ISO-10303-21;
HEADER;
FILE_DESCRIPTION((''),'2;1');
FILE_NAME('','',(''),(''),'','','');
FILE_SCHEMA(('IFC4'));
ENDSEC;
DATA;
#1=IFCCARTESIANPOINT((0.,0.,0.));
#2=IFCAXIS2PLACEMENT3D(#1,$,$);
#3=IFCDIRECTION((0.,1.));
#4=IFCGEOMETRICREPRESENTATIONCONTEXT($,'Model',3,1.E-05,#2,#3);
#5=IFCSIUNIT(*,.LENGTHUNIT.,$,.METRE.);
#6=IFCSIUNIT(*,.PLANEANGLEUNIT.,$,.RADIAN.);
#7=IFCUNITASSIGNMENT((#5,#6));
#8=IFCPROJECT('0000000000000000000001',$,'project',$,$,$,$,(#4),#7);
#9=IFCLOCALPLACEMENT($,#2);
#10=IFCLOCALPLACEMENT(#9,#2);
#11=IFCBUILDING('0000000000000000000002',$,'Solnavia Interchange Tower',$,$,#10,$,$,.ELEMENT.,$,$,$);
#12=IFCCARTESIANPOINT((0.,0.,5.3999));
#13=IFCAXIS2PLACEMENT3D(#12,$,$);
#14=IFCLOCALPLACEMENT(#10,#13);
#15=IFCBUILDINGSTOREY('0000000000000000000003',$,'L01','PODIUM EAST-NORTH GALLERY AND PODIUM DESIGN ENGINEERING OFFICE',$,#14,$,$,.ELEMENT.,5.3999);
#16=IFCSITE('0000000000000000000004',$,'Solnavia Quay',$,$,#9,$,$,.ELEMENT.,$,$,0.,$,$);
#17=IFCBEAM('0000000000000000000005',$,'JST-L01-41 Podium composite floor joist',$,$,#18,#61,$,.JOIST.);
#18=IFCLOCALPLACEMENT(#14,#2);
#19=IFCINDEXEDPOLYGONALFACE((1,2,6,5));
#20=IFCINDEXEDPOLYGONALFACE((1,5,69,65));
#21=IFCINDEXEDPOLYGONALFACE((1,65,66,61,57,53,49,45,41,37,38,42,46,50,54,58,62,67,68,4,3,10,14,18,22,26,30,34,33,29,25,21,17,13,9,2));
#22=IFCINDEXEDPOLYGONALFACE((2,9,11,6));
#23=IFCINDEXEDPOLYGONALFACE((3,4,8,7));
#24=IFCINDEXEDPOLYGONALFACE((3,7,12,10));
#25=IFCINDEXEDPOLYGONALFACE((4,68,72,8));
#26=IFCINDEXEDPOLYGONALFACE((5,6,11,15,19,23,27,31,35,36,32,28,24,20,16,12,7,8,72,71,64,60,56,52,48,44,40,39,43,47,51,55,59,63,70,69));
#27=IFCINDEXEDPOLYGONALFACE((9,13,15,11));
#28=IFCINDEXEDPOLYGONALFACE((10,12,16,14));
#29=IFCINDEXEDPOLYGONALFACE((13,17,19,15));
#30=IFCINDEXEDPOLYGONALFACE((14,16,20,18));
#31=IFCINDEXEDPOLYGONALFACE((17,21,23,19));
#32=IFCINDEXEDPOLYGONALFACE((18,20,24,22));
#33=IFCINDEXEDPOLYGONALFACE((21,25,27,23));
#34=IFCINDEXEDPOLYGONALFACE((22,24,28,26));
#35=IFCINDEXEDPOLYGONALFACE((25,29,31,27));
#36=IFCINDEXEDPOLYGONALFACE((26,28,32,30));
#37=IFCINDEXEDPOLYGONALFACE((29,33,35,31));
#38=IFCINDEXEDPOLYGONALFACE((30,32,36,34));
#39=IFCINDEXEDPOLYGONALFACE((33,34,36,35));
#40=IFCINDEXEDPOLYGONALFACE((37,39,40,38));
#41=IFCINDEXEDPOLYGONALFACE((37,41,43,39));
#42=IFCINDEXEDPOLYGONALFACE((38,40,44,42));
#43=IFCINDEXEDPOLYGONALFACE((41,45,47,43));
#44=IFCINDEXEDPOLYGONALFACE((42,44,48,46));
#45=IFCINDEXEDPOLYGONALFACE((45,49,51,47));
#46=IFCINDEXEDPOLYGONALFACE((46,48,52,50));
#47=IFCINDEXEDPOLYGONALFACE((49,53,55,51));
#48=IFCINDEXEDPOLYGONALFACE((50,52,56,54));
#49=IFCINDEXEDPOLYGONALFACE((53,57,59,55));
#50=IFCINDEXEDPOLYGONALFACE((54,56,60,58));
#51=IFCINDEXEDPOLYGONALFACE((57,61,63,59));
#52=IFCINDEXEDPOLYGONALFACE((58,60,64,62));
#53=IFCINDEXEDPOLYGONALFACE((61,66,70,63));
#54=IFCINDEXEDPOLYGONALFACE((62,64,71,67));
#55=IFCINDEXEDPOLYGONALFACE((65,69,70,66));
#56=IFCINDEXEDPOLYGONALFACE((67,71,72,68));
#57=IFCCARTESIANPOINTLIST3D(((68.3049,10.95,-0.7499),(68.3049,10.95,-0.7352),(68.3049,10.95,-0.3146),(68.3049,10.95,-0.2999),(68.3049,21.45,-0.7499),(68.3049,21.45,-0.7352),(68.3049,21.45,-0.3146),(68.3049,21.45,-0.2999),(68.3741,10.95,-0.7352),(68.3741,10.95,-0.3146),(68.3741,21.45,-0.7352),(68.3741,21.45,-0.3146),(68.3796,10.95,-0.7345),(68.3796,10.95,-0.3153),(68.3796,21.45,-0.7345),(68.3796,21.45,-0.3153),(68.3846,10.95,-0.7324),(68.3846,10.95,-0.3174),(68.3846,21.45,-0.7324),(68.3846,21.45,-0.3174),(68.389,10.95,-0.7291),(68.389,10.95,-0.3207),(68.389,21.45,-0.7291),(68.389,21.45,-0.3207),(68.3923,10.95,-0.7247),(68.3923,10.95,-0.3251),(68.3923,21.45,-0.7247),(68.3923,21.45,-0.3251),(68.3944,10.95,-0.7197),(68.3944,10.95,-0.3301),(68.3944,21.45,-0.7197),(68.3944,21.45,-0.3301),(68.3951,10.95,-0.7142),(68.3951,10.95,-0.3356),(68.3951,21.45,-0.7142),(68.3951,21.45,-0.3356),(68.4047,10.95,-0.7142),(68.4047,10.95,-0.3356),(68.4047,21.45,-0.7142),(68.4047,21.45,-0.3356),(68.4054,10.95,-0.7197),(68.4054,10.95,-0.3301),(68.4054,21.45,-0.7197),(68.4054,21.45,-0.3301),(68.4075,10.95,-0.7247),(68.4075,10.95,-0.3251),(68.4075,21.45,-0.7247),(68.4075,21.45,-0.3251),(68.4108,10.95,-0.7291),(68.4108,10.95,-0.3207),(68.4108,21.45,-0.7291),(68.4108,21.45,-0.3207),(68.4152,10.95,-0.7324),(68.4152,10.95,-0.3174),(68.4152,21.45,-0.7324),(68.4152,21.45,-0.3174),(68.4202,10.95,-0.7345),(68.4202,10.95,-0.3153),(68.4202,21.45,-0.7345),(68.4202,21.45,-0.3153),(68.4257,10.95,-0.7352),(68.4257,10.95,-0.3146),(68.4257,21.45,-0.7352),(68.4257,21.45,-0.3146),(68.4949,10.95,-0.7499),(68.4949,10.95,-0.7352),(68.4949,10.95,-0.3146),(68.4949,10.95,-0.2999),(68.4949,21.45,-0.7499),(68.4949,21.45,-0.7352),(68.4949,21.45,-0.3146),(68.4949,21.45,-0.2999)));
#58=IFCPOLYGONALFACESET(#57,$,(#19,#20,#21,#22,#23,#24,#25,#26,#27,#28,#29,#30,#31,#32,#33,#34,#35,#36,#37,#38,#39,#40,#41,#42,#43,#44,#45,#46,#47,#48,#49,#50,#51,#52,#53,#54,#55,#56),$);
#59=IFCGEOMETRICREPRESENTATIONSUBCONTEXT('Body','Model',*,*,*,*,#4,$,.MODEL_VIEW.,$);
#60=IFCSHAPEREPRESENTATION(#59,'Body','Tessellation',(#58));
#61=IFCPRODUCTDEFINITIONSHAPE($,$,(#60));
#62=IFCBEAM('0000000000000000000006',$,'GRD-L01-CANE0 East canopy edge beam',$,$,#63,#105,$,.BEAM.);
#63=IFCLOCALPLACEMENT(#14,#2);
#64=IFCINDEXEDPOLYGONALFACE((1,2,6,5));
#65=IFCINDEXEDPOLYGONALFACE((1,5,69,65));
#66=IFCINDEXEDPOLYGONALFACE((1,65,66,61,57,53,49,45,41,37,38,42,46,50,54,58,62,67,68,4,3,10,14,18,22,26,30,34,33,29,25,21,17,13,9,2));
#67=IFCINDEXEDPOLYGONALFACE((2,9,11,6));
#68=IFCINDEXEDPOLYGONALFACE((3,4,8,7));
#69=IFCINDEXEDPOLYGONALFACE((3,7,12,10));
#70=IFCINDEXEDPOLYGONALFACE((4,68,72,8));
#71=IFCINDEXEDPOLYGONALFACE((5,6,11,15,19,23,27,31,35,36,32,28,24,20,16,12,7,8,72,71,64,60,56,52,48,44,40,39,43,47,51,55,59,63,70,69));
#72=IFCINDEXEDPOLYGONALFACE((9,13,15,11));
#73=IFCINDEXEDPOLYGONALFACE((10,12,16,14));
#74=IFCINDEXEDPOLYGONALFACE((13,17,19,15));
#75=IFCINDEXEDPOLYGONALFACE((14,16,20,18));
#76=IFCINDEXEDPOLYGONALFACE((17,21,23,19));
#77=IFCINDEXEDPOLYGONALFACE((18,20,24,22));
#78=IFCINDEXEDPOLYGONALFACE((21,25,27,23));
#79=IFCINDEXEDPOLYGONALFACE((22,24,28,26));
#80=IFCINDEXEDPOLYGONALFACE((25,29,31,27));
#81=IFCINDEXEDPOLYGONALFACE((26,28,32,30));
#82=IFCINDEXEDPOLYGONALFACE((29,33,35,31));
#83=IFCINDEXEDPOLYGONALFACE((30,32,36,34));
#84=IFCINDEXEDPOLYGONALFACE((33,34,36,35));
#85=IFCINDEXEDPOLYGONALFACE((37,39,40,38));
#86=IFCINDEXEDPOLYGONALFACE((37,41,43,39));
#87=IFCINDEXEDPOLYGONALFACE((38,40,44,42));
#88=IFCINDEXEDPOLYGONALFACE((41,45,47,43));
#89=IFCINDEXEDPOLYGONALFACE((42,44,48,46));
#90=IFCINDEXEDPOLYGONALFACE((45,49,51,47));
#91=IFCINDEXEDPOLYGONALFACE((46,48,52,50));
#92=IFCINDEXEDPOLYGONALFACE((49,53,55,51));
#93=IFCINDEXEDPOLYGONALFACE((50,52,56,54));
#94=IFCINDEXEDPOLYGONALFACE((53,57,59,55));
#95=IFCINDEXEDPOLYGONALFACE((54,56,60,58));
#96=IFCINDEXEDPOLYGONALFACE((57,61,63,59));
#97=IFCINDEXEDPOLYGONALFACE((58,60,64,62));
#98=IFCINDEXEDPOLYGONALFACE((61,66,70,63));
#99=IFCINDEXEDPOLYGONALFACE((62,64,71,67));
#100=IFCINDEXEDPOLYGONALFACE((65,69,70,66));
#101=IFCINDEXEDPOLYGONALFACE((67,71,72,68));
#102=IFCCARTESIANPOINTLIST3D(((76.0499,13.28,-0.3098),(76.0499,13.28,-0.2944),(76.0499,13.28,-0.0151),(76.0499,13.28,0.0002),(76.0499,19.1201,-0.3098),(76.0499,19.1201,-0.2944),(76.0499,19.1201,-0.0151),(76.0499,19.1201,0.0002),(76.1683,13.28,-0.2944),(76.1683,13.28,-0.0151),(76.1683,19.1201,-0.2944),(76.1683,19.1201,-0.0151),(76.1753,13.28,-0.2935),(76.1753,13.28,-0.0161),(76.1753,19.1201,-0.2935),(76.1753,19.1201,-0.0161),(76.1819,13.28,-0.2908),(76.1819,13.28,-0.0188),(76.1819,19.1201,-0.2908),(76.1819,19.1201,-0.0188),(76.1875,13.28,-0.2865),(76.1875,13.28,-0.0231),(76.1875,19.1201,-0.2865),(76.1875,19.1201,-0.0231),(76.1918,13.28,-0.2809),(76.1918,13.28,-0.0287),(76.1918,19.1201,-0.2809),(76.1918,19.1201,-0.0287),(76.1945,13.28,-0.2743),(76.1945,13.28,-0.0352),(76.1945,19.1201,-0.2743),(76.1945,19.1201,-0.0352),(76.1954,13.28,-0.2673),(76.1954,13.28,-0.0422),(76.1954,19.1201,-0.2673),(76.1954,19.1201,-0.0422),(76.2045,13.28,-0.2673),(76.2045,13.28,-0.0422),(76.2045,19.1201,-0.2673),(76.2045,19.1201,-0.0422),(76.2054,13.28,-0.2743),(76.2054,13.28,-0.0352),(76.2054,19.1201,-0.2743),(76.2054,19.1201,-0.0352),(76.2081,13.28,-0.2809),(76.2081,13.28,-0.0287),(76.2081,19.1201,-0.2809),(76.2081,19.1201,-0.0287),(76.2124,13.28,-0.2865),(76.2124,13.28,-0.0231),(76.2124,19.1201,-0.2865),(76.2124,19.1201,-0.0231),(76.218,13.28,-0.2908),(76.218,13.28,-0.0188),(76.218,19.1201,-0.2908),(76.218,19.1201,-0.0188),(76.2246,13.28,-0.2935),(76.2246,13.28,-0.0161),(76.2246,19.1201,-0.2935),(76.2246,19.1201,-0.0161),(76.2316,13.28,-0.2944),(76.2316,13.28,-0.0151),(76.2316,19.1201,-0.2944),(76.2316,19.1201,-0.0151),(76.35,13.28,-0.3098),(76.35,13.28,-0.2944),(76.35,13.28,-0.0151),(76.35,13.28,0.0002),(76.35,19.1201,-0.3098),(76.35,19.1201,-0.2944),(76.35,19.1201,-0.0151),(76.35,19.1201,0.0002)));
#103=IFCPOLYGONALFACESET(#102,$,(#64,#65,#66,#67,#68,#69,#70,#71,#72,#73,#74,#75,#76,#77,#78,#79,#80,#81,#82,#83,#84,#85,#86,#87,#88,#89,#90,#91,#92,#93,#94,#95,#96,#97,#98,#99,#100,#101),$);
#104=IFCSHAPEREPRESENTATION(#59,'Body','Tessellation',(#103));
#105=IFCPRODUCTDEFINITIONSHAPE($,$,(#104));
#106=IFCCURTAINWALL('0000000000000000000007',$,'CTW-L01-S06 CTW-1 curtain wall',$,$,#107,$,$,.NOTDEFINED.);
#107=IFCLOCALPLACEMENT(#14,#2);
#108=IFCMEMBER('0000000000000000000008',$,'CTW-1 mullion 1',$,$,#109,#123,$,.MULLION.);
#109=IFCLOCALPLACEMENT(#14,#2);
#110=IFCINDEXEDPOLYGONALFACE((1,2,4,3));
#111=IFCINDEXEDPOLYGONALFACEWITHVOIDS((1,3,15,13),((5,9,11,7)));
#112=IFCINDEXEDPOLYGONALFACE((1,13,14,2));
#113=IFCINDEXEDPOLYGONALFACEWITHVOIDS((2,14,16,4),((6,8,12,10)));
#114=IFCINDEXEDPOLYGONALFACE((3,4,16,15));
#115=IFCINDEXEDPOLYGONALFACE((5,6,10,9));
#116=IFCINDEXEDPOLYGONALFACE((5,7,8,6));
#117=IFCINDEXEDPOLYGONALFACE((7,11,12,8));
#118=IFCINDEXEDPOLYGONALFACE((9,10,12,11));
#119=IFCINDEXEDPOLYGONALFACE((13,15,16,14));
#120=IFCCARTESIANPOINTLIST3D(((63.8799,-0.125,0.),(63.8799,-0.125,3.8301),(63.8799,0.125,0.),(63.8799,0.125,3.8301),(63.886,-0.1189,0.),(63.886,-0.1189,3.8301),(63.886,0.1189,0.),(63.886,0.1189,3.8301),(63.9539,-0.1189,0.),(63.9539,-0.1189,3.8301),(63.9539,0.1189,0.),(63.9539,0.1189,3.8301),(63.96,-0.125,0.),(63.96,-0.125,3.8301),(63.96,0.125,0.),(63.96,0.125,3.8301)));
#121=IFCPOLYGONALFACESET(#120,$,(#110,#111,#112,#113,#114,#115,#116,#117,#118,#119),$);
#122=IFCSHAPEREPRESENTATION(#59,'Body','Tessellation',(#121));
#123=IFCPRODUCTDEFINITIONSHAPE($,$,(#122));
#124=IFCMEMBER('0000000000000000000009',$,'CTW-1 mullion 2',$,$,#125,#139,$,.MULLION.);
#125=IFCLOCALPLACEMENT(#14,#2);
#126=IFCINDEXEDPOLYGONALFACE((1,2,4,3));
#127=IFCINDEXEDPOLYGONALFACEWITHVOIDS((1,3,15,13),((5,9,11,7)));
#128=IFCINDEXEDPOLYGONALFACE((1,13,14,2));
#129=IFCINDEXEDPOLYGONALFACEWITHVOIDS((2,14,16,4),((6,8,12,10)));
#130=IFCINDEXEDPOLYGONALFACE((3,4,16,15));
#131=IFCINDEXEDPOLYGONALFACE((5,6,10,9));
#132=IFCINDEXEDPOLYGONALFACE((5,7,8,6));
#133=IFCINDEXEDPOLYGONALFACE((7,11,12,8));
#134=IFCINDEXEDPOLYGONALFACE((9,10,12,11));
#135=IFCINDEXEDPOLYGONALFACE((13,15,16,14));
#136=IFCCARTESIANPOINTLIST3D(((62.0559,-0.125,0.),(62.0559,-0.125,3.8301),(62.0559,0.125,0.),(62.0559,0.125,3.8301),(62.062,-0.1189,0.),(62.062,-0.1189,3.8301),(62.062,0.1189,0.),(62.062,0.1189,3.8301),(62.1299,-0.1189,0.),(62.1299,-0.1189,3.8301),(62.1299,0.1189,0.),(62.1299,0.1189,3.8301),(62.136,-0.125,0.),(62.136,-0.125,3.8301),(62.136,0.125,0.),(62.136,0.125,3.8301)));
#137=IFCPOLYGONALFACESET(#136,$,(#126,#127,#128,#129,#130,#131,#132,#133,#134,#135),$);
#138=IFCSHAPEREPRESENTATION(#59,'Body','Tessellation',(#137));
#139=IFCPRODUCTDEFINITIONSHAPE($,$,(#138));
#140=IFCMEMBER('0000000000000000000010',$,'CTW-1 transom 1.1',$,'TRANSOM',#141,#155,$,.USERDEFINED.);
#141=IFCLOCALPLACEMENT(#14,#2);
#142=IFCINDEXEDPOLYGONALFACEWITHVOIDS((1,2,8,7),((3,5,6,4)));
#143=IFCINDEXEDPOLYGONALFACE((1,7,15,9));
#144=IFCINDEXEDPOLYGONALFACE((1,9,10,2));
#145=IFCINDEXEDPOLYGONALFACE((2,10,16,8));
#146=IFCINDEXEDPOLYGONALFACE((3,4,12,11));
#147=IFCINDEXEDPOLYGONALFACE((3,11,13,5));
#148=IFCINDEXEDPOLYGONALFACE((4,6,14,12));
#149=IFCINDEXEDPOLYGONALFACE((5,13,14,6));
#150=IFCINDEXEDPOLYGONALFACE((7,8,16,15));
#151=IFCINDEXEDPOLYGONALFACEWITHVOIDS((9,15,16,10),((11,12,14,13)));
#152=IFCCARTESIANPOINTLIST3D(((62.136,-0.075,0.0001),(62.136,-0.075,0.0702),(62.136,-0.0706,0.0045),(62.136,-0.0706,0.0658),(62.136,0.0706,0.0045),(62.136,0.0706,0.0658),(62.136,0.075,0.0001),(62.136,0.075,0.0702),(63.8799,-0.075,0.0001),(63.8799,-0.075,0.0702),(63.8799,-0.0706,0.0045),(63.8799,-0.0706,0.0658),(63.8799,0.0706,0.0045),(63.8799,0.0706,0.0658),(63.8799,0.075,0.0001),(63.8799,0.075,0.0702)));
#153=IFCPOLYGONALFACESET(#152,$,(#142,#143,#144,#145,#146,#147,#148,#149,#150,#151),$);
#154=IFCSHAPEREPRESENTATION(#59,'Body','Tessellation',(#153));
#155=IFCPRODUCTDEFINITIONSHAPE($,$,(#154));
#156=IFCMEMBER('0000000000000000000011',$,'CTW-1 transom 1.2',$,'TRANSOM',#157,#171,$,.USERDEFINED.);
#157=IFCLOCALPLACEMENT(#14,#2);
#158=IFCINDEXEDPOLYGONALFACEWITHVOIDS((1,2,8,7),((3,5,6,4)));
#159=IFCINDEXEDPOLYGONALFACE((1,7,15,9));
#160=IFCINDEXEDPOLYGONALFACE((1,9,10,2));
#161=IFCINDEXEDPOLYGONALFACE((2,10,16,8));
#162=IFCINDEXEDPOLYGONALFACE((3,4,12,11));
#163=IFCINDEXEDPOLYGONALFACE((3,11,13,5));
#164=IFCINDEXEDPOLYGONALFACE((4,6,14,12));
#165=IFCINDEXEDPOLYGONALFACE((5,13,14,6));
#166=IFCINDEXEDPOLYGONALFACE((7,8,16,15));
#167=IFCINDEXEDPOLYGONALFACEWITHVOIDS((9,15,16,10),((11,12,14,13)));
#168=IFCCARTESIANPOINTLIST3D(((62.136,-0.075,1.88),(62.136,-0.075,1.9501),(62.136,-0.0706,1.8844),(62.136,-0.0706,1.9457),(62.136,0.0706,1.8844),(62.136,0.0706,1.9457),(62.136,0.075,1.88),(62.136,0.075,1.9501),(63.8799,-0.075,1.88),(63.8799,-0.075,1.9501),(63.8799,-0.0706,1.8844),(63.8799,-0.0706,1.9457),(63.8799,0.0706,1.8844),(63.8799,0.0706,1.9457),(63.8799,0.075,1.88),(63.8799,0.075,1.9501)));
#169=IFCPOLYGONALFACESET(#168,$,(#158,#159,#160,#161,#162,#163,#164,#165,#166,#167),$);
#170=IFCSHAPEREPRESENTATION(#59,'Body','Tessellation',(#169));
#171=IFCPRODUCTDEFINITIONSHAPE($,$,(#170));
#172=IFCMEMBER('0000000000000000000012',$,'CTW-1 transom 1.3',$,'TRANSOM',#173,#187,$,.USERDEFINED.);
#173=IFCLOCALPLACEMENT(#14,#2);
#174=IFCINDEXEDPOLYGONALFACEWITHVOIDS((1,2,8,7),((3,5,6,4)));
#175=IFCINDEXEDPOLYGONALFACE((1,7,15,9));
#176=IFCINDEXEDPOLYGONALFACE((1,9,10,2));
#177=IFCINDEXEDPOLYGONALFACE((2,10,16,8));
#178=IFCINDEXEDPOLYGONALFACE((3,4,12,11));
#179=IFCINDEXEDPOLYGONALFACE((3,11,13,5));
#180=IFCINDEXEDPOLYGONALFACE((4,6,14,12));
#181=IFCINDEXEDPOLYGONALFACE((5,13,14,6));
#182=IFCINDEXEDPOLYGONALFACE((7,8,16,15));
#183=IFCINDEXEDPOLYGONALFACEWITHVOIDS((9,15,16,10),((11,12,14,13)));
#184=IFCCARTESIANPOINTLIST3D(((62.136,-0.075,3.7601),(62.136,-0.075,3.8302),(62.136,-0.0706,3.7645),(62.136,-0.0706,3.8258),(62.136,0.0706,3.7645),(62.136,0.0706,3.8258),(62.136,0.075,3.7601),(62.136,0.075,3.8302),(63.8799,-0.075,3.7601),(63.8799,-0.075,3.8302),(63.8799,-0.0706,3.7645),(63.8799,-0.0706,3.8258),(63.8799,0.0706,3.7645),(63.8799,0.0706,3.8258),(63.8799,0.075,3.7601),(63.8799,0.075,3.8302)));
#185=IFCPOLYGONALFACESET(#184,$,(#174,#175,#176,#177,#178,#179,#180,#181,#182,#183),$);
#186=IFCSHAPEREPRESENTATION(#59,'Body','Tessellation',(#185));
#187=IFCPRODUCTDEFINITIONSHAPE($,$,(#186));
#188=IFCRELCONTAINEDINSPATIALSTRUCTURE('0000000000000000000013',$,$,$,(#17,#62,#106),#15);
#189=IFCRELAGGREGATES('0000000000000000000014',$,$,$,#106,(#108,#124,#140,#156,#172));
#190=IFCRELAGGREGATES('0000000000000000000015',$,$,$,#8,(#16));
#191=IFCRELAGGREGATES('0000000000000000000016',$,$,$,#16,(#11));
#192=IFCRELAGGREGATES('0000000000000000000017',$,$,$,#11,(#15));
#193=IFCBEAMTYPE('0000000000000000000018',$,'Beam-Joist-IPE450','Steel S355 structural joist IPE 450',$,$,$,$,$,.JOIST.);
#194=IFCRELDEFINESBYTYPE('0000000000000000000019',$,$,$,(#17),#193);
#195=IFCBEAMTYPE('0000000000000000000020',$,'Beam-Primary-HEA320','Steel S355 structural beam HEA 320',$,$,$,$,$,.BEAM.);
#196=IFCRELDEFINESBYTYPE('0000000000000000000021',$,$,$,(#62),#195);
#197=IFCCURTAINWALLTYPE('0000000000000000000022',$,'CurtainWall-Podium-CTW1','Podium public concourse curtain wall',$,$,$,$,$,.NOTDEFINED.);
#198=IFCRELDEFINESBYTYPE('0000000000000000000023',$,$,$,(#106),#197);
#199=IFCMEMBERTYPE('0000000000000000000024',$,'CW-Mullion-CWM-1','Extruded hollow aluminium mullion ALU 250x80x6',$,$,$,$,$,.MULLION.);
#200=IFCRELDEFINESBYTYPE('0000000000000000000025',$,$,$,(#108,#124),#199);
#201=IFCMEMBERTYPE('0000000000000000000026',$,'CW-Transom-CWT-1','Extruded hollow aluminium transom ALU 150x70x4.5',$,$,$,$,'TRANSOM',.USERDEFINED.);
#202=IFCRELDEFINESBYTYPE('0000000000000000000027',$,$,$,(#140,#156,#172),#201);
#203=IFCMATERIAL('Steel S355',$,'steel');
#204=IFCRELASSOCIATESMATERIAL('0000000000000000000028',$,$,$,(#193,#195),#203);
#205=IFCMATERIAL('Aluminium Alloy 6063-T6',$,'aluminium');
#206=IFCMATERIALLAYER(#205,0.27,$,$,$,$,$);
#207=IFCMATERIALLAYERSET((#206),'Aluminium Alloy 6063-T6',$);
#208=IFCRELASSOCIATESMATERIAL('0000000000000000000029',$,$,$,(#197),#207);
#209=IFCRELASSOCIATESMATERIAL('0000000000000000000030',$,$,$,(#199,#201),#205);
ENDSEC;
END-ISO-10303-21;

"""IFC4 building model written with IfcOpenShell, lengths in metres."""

from ifc_helpers import new_model, si_unit, direction, frame, origin, origin_2d, place, context, subcontext, project, spatial, hollow_rectangle, i_section, extrude, material, layer, layer_set, material_profile, profile_set, type_object, element, aggregate, save


model = new_model("IFC4")

# Units and contexts
model_context = context("Model", 3, precision=1e-05, world=origin(), true_north=direction((0.0, 1.0)))
body_context = subcontext(model_context, "Body", "Model", "MODEL_VIEW")
ifc_project = project(units=[si_unit("LENGTHUNIT", "METRE"), si_unit("PLANEANGLEUNIT", "RADIAN")], contexts=[model_context])

# Site, building, storey
site_placement = place(None, origin())
site = spatial("IfcSite", under=ifc_project, at=site_placement, Name="Solnavia Quay", CompositionType="ELEMENT", RefElevation=0.0)
building_placement = place(site_placement, origin())
building = spatial("IfcBuilding", under=site, at=building_placement, Name="Solnavia Interchange Tower", CompositionType="ELEMENT")
storey_placement = place(building_placement, frame((0.0, 0.0, 5.3999)))
storey = spatial("IfcBuildingStorey", under=building, at=storey_placement, Name="L01", Description="PODIUM EAST-NORTH GALLERY AND PODIUM DESIGN ENGINEERING OFFICE", CompositionType="ELEMENT", Elevation=5.3999)

# Beams
ifc_material_1 = material(Name="Steel S355", Category="steel")
ifc_material_profile_1 = material_profile(ifc_material_1, i_section(OverallWidth=0.1899, OverallDepth=0.45, WebThickness=0.0095, FlangeThickness=0.0146, FilletRadius=0.021, at=origin_2d()), Name="IPE 450")
ifc_profile_set_1 = profile_set([ifc_material_profile_1], Name="Steel S355")
beam_type_1 = type_object("IfcBeamType", Name="Beam-Joist-IPE450", Description="Steel S355 structural joist IPE 450", PredefinedType="JOIST", material=ifc_profile_set_1)
for number, where, z_axis, x_axis, name in (
    (1, (68.3999, 10.95, -0.5249), (0.0, 1.0, 0.0), (-1.0, 0.0, 0.0), "JST-L01-41 Podium composite floor joist"),
):
    element("IfcBeam", number, at=place(storey_placement, frame(where, z_axis=z_axis, x_axis=x_axis)), inside=storey, type_object=beam_type_1, Name=name, PredefinedType="JOIST", context=body_context, shape_type="SweptSolid", body=[
        extrude(i_section(OverallWidth=0.1899, OverallDepth=0.45, WebThickness=0.0095, FlangeThickness=0.0146, FilletRadius=0.021, at=origin_2d()), origin(), (0.0, 0.0, 1.0), 10.5),
    ])
ifc_material_profile_2 = material_profile(ifc_material_1, i_section(OverallWidth=0.3, OverallDepth=0.3101, WebThickness=0.009, FlangeThickness=0.0154, FilletRadius=0.0271, at=origin_2d()), Name="HEA 320")
ifc_profile_set_2 = profile_set([ifc_material_profile_2], Name="Steel S355")
beam_type_2 = type_object("IfcBeamType", Name="Beam-Primary-HEA320", Description="Steel S355 structural beam HEA 320", PredefinedType="BEAM", material=ifc_profile_set_2)
beam_1_placement = place(storey_placement, frame((76.2, 13.28, -0.1548), z_axis=(0.0, 1.0, 0.0), x_axis=(-1.0, 0.0, 0.0)))
element("IfcBeam", 2, at=beam_1_placement, inside=storey, type_object=beam_type_2, Name="GRD-L01-CANE0 East canopy edge beam", PredefinedType="BEAM", context=body_context, shape_type="SweptSolid", body=[
    extrude(i_section(OverallWidth=0.3, OverallDepth=0.3101, WebThickness=0.009, FlangeThickness=0.0154, FilletRadius=0.0271, at=origin_2d()), origin(), (0.0, 0.0, 1.0), 5.8401),
])

# Curtain wall, members
ifc_material_2 = material(Name="Aluminium Alloy 6063-T6", Category="aluminium")
ifc_layer_1 = layer(ifc_material_2, 0.27)
ifc_layer_set_1 = layer_set([ifc_layer_1], Name="Aluminium Alloy 6063-T6")
curtain_wall_type = type_object("IfcCurtainWallType", Name="CurtainWall-Podium-CTW1", Description="Podium public concourse curtain wall", PredefinedType="NOTDEFINED", material=ifc_layer_set_1)
curtain_wall_placement = place(storey_placement, origin())
curtain_wall = element("IfcCurtainWall", 3, at=curtain_wall_placement, inside=storey, type_object=curtain_wall_type, Name="CTW-L01-S06 CTW-1 curtain wall", PredefinedType="NOTDEFINED")
ifc_material_profile_3 = material_profile(ifc_material_2, hollow_rectangle(XDim=0.0801, YDim=0.25, WallThickness=0.0061, at=origin_2d()), Name="ALU 250x80x6")
ifc_profile_set_3 = profile_set([ifc_material_profile_3], Name="Aluminium Alloy 6063-T6")
member_type_1 = type_object("IfcMemberType", Name="CW-Mullion-CWM-1", Description="Extruded hollow aluminium mullion ALU 250x80x6", PredefinedType="MULLION", material=ifc_profile_set_3)
member_1_placement = place(storey_placement, frame((63.9199, 0.0, 0.0), z_axis=(0.0, 0.0, 1.0), x_axis=(-1.0, 0.0, 0.0)))
member_1 = element("IfcMember", 4, at=member_1_placement, type_object=member_type_1, Name="CTW-1 mullion 1", PredefinedType="MULLION", context=body_context, shape_type="SweptSolid", body=[
    extrude(hollow_rectangle(XDim=0.0801, YDim=0.25, WallThickness=0.0061, at=origin_2d()), origin(), (0.0, 0.0, 1.0), 3.8301),
])
member_2_placement = place(storey_placement, frame((62.0959, 0.0, 0.0), z_axis=(0.0, 0.0, 1.0), x_axis=(-1.0, 0.0, 0.0)))
member_2 = element("IfcMember", 5, at=member_2_placement, type_object=member_type_1, Name="CTW-1 mullion 2", PredefinedType="MULLION", context=body_context, shape_type="SweptSolid", body=[
    extrude(hollow_rectangle(XDim=0.0801, YDim=0.25, WallThickness=0.0061, at=origin_2d()), origin(), (0.0, 0.0, 1.0), 3.8301),
])
ifc_material_profile_4 = material_profile(ifc_material_2, hollow_rectangle(XDim=0.0701, YDim=0.1499, WallThickness=0.0044, at=origin_2d()), Name="ALU 150x70x4.5")
ifc_profile_set_4 = profile_set([ifc_material_profile_4], Name="Aluminium Alloy 6063-T6")
member_type_2 = type_object("IfcMemberType", Name="CW-Transom-CWT-1", Description="Extruded hollow aluminium transom ALU 150x70x4.5", ElementType="TRANSOM", PredefinedType="USERDEFINED", material=ifc_profile_set_4)
member_3_placement = place(storey_placement, frame((63.8799, 0.0, 0.0352), z_axis=(-1.0, 0.0, 0.0), x_axis=(0.0, 0.0, 1.0)))
member_3 = element("IfcMember", 6, at=member_3_placement, type_object=member_type_2, Name="CTW-1 transom 1.1", ObjectType="TRANSOM", PredefinedType="USERDEFINED", context=body_context, shape_type="SweptSolid", body=[
    extrude(hollow_rectangle(XDim=0.0701, YDim=0.1499, WallThickness=0.0044, at=origin_2d()), origin(), (0.0, 0.0, 1.0), 1.7439),
])
member_4_placement = place(storey_placement, frame((63.8799, 0.0, 1.915), z_axis=(-1.0, 0.0, 0.0), x_axis=(0.0, 0.0, 1.0)))
member_4 = element("IfcMember", 7, at=member_4_placement, type_object=member_type_2, Name="CTW-1 transom 1.2", ObjectType="TRANSOM", PredefinedType="USERDEFINED", context=body_context, shape_type="SweptSolid", body=[
    extrude(hollow_rectangle(XDim=0.0701, YDim=0.1499, WallThickness=0.0044, at=origin_2d()), origin(), (0.0, 0.0, 1.0), 1.7439),
])
member_5_placement = place(storey_placement, frame((63.8799, 0.0, 3.7952), z_axis=(-1.0, 0.0, 0.0), x_axis=(0.0, 0.0, 1.0)))
member_5 = element("IfcMember", 8, at=member_5_placement, type_object=member_type_2, Name="CTW-1 transom 1.3", ObjectType="TRANSOM", PredefinedType="USERDEFINED", context=body_context, shape_type="SweptSolid", body=[
    extrude(hollow_rectangle(XDim=0.0701, YDim=0.1499, WallThickness=0.0044, at=origin_2d()), origin(), (0.0, 0.0, 1.0), 1.7439),
])
aggregate(curtain_wall, [member_1, member_2, member_3, member_4, member_5])

save(model, "model.ifc")
